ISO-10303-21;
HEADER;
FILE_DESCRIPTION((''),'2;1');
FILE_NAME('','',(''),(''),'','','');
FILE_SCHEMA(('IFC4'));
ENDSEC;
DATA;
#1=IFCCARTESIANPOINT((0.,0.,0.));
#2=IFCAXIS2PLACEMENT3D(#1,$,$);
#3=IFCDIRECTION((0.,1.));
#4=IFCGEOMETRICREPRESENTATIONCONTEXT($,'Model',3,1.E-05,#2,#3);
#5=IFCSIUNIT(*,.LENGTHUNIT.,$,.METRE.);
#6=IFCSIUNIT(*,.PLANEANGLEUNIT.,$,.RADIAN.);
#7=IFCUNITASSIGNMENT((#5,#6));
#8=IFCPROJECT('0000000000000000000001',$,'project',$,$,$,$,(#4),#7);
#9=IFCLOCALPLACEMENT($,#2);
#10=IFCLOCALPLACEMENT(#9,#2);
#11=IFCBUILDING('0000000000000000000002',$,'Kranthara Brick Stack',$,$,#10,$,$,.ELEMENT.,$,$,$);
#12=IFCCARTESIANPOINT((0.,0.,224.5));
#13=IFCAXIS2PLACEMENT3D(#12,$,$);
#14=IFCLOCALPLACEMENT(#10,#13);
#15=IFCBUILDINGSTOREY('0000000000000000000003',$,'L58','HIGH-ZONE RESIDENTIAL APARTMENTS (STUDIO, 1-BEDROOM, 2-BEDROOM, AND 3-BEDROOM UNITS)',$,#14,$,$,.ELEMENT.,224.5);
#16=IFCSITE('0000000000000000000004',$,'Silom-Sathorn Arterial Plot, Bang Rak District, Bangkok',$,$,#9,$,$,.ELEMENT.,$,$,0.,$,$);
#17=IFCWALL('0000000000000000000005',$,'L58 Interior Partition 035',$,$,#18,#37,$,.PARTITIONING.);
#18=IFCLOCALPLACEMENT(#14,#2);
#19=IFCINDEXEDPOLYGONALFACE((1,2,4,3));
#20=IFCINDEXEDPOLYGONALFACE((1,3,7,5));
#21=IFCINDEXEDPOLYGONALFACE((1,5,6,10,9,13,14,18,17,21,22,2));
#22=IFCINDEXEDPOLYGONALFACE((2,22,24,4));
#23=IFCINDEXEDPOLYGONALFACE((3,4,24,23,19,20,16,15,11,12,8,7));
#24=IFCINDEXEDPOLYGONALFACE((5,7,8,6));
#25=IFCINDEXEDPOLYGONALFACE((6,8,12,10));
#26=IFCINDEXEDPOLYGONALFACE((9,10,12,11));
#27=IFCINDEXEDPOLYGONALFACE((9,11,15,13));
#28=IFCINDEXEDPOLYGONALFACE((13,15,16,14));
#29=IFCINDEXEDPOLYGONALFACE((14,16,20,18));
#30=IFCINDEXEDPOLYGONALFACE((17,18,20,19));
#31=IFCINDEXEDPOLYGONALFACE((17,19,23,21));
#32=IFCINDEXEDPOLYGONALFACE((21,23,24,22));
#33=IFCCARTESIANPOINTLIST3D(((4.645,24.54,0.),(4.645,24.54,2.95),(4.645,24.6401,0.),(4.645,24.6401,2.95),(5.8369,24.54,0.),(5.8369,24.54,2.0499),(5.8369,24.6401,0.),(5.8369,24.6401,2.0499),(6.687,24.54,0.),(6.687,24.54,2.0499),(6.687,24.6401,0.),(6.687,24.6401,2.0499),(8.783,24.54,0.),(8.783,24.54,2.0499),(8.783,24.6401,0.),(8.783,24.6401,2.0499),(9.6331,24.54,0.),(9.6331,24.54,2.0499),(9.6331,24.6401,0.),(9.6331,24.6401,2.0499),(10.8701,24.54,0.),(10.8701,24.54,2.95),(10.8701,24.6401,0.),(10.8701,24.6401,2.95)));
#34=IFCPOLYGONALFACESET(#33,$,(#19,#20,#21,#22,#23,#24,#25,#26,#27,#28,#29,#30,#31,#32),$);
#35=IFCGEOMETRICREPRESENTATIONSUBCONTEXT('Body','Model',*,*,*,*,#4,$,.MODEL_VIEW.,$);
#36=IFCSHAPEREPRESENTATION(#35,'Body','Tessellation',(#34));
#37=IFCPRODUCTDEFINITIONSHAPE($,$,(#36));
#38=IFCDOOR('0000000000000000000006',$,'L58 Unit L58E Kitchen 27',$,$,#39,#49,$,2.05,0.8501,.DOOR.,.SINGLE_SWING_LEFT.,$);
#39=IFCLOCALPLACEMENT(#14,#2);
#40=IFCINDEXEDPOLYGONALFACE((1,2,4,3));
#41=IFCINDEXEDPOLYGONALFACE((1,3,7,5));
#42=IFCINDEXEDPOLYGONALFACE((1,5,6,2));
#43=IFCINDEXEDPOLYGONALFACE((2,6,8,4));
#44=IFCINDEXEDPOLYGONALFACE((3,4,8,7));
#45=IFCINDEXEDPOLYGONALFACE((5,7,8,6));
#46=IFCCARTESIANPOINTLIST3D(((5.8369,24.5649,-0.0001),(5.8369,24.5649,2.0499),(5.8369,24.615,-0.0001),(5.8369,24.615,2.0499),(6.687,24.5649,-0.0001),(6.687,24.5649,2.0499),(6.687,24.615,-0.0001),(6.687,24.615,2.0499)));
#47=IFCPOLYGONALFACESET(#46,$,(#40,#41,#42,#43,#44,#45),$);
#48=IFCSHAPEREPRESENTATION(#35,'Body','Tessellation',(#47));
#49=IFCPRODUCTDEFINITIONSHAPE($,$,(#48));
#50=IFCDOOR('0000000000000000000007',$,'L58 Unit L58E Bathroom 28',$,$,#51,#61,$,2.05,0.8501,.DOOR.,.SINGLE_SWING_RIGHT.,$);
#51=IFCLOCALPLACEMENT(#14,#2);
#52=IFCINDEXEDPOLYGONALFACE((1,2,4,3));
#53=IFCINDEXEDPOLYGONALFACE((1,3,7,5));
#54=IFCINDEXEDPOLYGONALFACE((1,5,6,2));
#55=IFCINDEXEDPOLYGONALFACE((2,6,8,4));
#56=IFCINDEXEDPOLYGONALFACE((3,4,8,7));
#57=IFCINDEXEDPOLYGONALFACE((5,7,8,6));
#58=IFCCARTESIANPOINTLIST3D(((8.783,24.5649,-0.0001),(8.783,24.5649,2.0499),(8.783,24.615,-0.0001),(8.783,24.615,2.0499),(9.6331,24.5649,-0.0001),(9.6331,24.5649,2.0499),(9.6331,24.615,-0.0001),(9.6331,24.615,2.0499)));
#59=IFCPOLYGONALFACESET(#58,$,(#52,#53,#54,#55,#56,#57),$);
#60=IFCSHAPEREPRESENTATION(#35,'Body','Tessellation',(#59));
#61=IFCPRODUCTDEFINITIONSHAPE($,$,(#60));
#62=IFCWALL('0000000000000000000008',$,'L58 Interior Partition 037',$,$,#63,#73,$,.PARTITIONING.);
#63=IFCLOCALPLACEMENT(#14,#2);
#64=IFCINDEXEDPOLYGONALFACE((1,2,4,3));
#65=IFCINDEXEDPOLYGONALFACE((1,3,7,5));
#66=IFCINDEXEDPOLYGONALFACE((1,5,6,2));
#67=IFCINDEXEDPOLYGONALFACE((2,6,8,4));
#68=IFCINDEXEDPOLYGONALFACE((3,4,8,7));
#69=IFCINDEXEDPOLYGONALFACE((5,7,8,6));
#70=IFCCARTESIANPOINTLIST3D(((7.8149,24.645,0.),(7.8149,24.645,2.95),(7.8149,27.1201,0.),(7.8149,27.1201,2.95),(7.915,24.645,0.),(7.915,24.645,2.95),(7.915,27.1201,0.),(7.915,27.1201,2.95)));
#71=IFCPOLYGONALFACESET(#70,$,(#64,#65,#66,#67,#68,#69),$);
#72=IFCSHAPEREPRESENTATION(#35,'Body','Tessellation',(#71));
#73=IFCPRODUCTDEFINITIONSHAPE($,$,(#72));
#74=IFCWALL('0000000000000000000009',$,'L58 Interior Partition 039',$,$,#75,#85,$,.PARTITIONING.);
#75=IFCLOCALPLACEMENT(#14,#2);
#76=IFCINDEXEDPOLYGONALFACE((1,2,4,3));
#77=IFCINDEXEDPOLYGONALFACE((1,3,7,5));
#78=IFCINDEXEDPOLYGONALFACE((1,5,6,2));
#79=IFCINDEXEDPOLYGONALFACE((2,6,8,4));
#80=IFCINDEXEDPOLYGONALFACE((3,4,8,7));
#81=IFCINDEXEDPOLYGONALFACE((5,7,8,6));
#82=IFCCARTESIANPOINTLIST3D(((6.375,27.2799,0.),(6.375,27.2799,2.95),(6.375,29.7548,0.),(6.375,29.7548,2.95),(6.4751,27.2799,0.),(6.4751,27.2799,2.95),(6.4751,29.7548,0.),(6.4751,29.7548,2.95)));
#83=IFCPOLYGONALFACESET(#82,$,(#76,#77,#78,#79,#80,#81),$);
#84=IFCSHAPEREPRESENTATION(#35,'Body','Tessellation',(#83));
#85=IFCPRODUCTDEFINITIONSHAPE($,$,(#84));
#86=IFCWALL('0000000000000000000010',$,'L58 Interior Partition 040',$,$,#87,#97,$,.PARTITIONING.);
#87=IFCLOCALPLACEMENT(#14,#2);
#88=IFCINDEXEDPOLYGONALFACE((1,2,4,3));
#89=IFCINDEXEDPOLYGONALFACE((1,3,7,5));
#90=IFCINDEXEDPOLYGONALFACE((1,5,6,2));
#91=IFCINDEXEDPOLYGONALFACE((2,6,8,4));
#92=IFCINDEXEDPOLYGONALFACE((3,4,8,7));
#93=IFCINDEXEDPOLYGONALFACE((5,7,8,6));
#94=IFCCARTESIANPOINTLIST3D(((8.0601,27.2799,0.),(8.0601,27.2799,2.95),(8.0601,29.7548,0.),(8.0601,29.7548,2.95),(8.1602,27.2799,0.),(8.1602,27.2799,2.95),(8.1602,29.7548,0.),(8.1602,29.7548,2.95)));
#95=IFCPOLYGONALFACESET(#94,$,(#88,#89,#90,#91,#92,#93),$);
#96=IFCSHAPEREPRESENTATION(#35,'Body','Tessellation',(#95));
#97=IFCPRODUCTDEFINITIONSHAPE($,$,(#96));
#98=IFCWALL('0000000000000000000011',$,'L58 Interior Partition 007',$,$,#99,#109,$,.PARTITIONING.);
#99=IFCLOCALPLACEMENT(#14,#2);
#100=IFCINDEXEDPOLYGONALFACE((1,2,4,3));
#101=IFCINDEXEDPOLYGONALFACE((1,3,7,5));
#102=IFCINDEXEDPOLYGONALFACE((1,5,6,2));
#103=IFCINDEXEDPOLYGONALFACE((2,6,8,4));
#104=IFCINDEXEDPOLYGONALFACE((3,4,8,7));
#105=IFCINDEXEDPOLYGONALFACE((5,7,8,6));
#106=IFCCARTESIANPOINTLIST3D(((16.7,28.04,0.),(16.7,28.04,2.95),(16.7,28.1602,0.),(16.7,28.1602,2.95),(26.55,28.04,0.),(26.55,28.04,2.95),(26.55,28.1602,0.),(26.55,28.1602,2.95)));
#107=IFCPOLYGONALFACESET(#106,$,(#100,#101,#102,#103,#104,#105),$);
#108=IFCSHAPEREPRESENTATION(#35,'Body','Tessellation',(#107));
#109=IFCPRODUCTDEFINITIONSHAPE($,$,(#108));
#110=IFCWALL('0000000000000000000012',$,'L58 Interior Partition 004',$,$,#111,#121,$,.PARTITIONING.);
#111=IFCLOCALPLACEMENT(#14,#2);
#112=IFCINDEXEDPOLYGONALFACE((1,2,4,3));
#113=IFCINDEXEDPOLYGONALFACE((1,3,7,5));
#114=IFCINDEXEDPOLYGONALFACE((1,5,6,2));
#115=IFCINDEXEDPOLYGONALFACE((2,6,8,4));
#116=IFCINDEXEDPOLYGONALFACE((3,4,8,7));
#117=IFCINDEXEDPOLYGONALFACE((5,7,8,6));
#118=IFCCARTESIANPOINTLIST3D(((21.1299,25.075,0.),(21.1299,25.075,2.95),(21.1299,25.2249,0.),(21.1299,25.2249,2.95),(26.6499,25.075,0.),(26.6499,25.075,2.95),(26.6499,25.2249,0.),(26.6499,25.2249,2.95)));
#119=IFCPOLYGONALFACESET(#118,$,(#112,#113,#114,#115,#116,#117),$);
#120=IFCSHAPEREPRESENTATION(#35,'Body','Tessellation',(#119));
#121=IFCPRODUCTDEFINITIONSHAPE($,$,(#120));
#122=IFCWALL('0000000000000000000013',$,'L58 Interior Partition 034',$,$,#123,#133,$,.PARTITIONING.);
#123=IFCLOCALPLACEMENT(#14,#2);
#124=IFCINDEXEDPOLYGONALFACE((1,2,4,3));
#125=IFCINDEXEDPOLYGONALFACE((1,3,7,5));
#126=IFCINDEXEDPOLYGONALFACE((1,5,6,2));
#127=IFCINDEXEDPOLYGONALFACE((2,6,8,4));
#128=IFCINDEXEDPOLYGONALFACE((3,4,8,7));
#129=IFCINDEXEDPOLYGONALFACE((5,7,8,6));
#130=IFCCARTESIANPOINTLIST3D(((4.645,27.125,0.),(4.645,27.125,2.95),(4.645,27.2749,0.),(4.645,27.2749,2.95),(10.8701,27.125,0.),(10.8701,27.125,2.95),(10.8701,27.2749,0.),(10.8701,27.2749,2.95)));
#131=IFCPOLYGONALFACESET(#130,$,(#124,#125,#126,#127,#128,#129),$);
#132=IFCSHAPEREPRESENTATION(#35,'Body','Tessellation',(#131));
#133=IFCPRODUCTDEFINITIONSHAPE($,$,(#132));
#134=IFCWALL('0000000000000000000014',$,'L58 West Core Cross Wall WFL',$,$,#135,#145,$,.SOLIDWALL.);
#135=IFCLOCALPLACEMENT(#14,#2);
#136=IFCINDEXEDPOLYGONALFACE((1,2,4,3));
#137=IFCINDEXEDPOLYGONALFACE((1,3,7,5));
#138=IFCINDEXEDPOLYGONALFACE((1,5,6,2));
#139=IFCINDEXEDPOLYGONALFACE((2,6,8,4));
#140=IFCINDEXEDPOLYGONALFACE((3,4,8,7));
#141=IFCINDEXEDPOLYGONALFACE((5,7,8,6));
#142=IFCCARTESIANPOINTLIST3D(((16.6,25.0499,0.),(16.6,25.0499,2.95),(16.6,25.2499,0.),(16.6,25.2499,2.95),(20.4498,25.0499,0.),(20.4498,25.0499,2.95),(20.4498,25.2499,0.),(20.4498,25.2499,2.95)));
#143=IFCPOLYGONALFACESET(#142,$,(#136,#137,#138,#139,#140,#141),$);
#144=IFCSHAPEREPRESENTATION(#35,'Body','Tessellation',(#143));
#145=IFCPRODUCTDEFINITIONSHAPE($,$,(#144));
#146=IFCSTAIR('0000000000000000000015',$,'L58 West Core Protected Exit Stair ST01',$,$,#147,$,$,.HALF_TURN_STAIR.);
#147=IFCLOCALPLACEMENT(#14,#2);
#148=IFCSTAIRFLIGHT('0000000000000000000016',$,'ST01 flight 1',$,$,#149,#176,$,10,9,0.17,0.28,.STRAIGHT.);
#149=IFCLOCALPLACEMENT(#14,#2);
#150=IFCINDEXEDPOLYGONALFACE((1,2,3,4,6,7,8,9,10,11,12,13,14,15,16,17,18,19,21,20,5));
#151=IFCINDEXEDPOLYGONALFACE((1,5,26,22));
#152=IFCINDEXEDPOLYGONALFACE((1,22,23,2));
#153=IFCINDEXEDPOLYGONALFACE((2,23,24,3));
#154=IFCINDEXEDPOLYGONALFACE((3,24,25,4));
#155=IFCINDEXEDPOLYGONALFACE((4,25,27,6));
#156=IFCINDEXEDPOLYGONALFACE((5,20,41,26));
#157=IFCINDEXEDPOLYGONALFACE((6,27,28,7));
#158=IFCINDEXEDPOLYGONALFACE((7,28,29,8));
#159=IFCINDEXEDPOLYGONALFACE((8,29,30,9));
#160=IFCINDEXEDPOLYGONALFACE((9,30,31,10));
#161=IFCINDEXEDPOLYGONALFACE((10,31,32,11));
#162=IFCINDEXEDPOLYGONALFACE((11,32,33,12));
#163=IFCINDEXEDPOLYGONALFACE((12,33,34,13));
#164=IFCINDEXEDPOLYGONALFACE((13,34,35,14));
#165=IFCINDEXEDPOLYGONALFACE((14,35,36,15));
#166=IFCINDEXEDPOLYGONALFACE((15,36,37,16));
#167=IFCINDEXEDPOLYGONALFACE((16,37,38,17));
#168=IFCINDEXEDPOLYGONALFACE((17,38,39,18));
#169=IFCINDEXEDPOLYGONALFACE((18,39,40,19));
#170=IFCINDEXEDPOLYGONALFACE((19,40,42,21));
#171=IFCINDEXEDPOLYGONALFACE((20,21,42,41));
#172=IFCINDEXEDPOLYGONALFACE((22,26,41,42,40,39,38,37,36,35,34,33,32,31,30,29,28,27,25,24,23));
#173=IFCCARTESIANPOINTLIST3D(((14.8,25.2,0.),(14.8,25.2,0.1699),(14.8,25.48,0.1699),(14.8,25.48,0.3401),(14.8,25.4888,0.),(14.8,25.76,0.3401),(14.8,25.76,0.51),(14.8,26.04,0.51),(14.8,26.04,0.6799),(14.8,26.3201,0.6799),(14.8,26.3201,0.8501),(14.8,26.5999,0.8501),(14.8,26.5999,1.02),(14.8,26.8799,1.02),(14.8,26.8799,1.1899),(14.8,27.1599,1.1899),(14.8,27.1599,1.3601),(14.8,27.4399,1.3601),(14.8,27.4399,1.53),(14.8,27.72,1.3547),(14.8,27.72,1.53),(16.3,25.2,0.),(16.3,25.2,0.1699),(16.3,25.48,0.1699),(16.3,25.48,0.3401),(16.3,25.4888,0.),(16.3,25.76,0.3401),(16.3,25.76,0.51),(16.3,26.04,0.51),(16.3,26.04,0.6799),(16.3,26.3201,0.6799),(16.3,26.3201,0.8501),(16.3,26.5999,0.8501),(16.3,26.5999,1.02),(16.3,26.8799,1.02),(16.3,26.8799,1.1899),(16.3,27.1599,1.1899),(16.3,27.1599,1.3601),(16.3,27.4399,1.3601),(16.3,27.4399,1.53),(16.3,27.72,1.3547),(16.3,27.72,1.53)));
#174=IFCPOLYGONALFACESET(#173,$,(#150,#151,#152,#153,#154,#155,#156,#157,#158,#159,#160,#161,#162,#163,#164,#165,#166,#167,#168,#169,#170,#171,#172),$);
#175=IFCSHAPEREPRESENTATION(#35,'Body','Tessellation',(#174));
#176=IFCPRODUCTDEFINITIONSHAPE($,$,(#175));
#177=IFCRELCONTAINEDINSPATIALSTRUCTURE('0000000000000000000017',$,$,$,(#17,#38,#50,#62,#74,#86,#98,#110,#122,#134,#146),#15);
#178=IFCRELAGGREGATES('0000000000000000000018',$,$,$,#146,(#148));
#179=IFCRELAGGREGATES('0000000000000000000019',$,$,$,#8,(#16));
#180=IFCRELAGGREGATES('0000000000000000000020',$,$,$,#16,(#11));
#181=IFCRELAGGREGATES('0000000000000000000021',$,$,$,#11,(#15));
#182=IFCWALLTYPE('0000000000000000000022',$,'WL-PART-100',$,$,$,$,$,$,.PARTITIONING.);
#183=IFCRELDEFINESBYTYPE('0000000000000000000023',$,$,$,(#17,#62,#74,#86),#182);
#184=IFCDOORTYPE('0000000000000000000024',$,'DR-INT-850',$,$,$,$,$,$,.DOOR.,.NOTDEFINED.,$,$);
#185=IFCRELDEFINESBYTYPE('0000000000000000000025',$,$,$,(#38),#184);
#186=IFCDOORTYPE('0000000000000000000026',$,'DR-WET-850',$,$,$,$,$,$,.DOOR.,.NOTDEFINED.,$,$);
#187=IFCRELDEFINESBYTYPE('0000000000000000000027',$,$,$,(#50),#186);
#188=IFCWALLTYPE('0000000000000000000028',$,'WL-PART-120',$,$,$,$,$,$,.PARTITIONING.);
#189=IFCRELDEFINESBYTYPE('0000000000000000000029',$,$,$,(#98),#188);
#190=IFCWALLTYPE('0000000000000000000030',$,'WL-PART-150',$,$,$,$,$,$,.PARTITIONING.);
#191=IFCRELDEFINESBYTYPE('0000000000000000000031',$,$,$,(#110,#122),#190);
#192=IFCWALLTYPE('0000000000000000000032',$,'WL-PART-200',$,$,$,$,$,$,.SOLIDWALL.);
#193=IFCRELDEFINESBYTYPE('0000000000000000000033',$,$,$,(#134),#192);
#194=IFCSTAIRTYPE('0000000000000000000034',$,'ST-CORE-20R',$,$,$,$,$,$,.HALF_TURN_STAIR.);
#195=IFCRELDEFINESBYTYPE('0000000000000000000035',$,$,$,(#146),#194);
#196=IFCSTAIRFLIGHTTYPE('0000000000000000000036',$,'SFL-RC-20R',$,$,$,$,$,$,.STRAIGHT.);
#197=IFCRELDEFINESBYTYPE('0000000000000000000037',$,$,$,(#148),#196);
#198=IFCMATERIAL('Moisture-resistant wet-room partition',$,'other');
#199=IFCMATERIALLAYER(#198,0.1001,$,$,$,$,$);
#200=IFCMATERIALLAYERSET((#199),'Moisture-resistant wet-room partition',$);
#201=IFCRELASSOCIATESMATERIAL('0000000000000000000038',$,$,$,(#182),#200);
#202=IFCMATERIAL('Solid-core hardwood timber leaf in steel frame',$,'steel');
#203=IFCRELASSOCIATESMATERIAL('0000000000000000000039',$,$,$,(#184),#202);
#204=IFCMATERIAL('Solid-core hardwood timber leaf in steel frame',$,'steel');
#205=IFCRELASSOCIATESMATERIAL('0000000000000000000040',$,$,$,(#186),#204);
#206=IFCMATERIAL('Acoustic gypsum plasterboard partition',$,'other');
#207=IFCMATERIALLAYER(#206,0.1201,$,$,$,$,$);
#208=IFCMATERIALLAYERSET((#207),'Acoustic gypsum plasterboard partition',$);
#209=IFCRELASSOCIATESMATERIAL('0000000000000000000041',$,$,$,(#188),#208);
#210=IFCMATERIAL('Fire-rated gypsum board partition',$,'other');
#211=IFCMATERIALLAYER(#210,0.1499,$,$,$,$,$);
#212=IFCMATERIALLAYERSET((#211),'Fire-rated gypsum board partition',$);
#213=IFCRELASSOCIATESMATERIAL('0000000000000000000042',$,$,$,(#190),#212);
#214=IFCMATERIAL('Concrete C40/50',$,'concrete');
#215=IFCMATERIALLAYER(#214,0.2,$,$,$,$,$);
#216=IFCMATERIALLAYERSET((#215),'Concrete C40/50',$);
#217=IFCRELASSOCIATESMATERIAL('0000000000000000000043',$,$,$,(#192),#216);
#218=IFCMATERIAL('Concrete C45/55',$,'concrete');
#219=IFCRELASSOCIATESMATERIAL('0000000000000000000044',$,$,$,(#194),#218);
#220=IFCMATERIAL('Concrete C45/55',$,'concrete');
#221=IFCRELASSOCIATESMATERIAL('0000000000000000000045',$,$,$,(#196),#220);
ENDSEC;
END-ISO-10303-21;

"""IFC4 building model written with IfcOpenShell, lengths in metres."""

from ifc_helpers import new_model, si_unit, direction, frame, frame_2d, origin, place, context, subcontext, project, spatial, polyline, rectangle, outline, extrude, material, layer, layer_set, type_object, element, fill, aggregate, save


model = new_model("IFC4")

# Units and contexts
model_context = context("Model", 3, precision=1e-05, world=origin(), true_north=direction((0.0, 1.0)))
body_context = subcontext(model_context, "Body", "Model", "MODEL_VIEW")
ifc_project = project(units=[si_unit("LENGTHUNIT", "METRE"), si_unit("PLANEANGLEUNIT", "RADIAN")], contexts=[model_context])

# Site, building, storey
site_placement = place(None, origin())
site = spatial("IfcSite", under=ifc_project, at=site_placement, Name="Silom-Sathorn Arterial Plot, Bang Rak District, Bangkok", CompositionType="ELEMENT", RefElevation=0.0)
building_placement = place(site_placement, origin())
building = spatial("IfcBuilding", under=site, at=building_placement, Name="Kranthara Brick Stack", CompositionType="ELEMENT")
storey_placement = place(building_placement, frame((0.0, 0.0, 224.5)))
storey = spatial("IfcBuildingStorey", under=building, at=storey_placement, Name="L58", Description="HIGH-ZONE RESIDENTIAL APARTMENTS (STUDIO, 1-BEDROOM, 2-BEDROOM, AND 3-BEDROOM UNITS)", CompositionType="ELEMENT", Elevation=224.5)

# Wall, openings, doors
ifc_material_1 = material(Name="Moisture-resistant wet-room partition", Category="other")
ifc_layer_1 = layer(ifc_material_1, 0.1001)
ifc_layer_set_1 = layer_set([ifc_layer_1], Name="Moisture-resistant wet-room partition")
wall_type_1 = type_object("IfcWallType", Name="WL-PART-100", PredefinedType="PARTITIONING", material=ifc_layer_set_1)
wall_1_placement = place(storey_placement, frame((4.645, 24.5901, 0.0), z_axis=(0.0, 0.0, 1.0), x_axis=(1.0, 0.0, 0.0)))
wall_1 = element("IfcWall", 1, at=wall_1_placement, inside=storey, type_object=wall_type_1, Name="L58 Interior Partition 035", PredefinedType="PARTITIONING", context=body_context, shape_type="SweptSolid", body=[
    extrude(rectangle(XDim=6.2251, YDim=0.1001, at=frame_2d((3.1125, 0.0))), origin(), (0.0, 0.0, 1.0), 2.95),
])
opening_1_placement = place(wall_1_placement, frame((1.1919, 0.0, 0.0)))
opening_1 = element("IfcOpeningElement", 2, at=opening_1_placement, cuts=wall_1, PredefinedType="OPENING", context=body_context, shape_type="SweptSolid", body=[
    extrude(rectangle(XDim=0.8501, YDim=2.05, at=frame_2d((0.425, 1.0249))), frame((0.0, 0.0601, 0.0), z_axis=(0.0, -1.0, 0.0), x_axis=(1.0, 0.0, 0.0)), (0.0, 0.0, 1.0), 0.1201),
])
opening_2_placement = place(wall_1_placement, frame((4.1379, 0.0, 0.0)))
opening_2 = element("IfcOpeningElement", 3, at=opening_2_placement, cuts=wall_1, PredefinedType="OPENING", context=body_context, shape_type="SweptSolid", body=[
    extrude(rectangle(XDim=0.8501, YDim=2.05, at=frame_2d((0.425, 1.0249))), frame((0.0, 0.0601, 0.0), z_axis=(0.0, -1.0, 0.0), x_axis=(1.0, 0.0, 0.0)), (0.0, 0.0, 1.0), 0.1201),
])
ifc_material_2 = material(Name="Solid-core hardwood timber leaf in steel frame", Category="steel")
door_type_1 = type_object("IfcDoorType", Name="DR-INT-850", OperationType="NOTDEFINED", PredefinedType="DOOR", material=ifc_material_2)
door_1_placement = place(opening_1_placement, origin())
door_1 = element("IfcDoor", 4, at=door_1_placement, inside=storey, type_object=door_type_1, Name="L58 Unit L58E Kitchen 27", OperationType="SINGLE_SWING_LEFT", OverallHeight=2.05, OverallWidth=0.8501, PredefinedType="DOOR", context=body_context, shape_type="SweptSolid", body=[
    extrude(rectangle(XDim=0.8501, YDim=2.05, at=frame_2d((0.425, 1.0249))), frame((0.0, 0.0249, 0.0), z_axis=(0.0, -1.0, 0.0), x_axis=(1.0, 0.0, 0.0)), (0.0, 0.0, 1.0), 0.05),
])
fill(opening_1, door_1)
ifc_material_3 = material(Name="Solid-core hardwood timber leaf in steel frame", Category="steel")
door_type_2 = type_object("IfcDoorType", Name="DR-WET-850", OperationType="NOTDEFINED", PredefinedType="DOOR", material=ifc_material_3)
door_2_placement = place(opening_2_placement, origin())
door_2 = element("IfcDoor", 5, at=door_2_placement, inside=storey, type_object=door_type_2, Name="L58 Unit L58E Bathroom 28", OperationType="SINGLE_SWING_RIGHT", OverallHeight=2.05, OverallWidth=0.8501, PredefinedType="DOOR", context=body_context, shape_type="SweptSolid", body=[
    extrude(rectangle(XDim=0.8501, YDim=2.05, at=frame_2d((0.425, 1.0249))), frame((0.0, 0.0249, 0.0), z_axis=(0.0, -1.0, 0.0), x_axis=(1.0, 0.0, 0.0)), (0.0, 0.0, 1.0), 0.05),
])
fill(opening_2, door_2)

# Walls
wall_2_placement = place(storey_placement, frame((7.865, 24.645, 0.0), z_axis=(0.0, 0.0, 1.0), x_axis=(0.0, 1.0, 0.0)))
element("IfcWall", 6, at=wall_2_placement, inside=storey, type_object=wall_type_1, Name="L58 Interior Partition 037", PredefinedType="PARTITIONING", context=body_context, shape_type="SweptSolid", body=[
    extrude(rectangle(XDim=2.4751, YDim=0.1001, at=frame_2d((1.2375, 0.0))), origin(), (0.0, 0.0, 1.0), 2.95),
])
for number, where, z_axis, x_axis, name in (
    (7, (6.425, 27.28, 0.0), (0.0, 0.0, 1.0), (0.0, 1.0, 0.0), "L58 Interior Partition 039"),
    (8, (8.1101, 27.28, 0.0), (0.0, 0.0, 1.0), (0.0, 1.0, 0.0), "L58 Interior Partition 040"),
):
    element("IfcWall", number, at=place(storey_placement, frame(where, z_axis=z_axis, x_axis=x_axis)), inside=storey, type_object=wall_type_1, Name=name, PredefinedType="PARTITIONING", context=body_context, shape_type="SweptSolid", body=[
        extrude(rectangle(XDim=2.4749, YDim=0.1001, at=frame_2d((1.2373, 0.0))), origin(), (0.0, 0.0, 1.0), 2.95),
    ])
ifc_material_4 = material(Name="Acoustic gypsum plasterboard partition", Category="other")
ifc_layer_2 = layer(ifc_material_4, 0.1201)
ifc_layer_set_2 = layer_set([ifc_layer_2], Name="Acoustic gypsum plasterboard partition")
wall_type_2 = type_object("IfcWallType", Name="WL-PART-120", PredefinedType="PARTITIONING", material=ifc_layer_set_2)
wall_3_placement = place(storey_placement, frame((16.7, 28.1001, 0.0), z_axis=(0.0, 0.0, 1.0), x_axis=(1.0, 0.0, 0.0)))
element("IfcWall", 9, at=wall_3_placement, inside=storey, type_object=wall_type_2, Name="L58 Interior Partition 007", PredefinedType="PARTITIONING", context=body_context, shape_type="SweptSolid", body=[
    extrude(rectangle(XDim=9.8501, YDim=0.1201, at=frame_2d((4.925, 0.0))), origin(), (0.0, 0.0, 1.0), 2.95),
])
ifc_material_5 = material(Name="Fire-rated gypsum board partition", Category="other")
ifc_layer_3 = layer(ifc_material_5, 0.1499)
ifc_layer_set_3 = layer_set([ifc_layer_3], Name="Fire-rated gypsum board partition")
wall_type_3 = type_object("IfcWallType", Name="WL-PART-150", PredefinedType="PARTITIONING", material=ifc_layer_set_3)
wall_4_placement = place(storey_placement, frame((21.1299, 25.1499, 0.0), z_axis=(0.0, 0.0, 1.0), x_axis=(1.0, 0.0, 0.0)))
element("IfcWall", 10, at=wall_4_placement, inside=storey, type_object=wall_type_3, Name="L58 Interior Partition 004", PredefinedType="PARTITIONING", context=body_context, shape_type="SweptSolid", body=[
    extrude(rectangle(XDim=5.52, YDim=0.1499, at=frame_2d((2.76, 0.0))), origin(), (0.0, 0.0, 1.0), 2.95),
])
wall_5_placement = place(storey_placement, frame((4.645, 27.2, 0.0), z_axis=(0.0, 0.0, 1.0), x_axis=(1.0, 0.0, 0.0)))
element("IfcWall", 11, at=wall_5_placement, inside=storey, type_object=wall_type_3, Name="L58 Interior Partition 034", PredefinedType="PARTITIONING", context=body_context, shape_type="SweptSolid", body=[
    extrude(rectangle(XDim=6.2251, YDim=0.1499, at=frame_2d((3.1125, 0.0))), origin(), (0.0, 0.0, 1.0), 2.95),
])
ifc_material_6 = material(Name="Concrete C40/50", Category="concrete")
ifc_layer_4 = layer(ifc_material_6, 0.2)
ifc_layer_set_4 = layer_set([ifc_layer_4], Name="Concrete C40/50")
wall_type_4 = type_object("IfcWallType", Name="WL-PART-200", PredefinedType="SOLIDWALL", material=ifc_layer_set_4)
wall_6_placement = place(storey_placement, frame((16.6001, 25.1499, 0.0), z_axis=(0.0, 0.0, 1.0), x_axis=(1.0, 0.0, 0.0)))
element("IfcWall", 12, at=wall_6_placement, inside=storey, type_object=wall_type_4, Name="L58 West Core Cross Wall WFL", PredefinedType="SOLIDWALL", context=body_context, shape_type="SweptSolid", body=[
    extrude(rectangle(XDim=3.8499, YDim=0.2, at=frame_2d((1.9248, 0.0))), origin(), (0.0, 0.0, 1.0), 2.95),
])

# Stair, stair flight
ifc_material_7 = material(Name="Concrete C45/55", Category="concrete")
stair_type = type_object("IfcStairType", Name="ST-CORE-20R", PredefinedType="HALF_TURN_STAIR", material=ifc_material_7)
stair_placement = place(storey_placement, origin())
stair = element("IfcStair", 13, at=stair_placement, inside=storey, type_object=stair_type, Name="L58 West Core Protected Exit Stair ST01", PredefinedType="HALF_TURN_STAIR")
ifc_material_8 = material(Name="Concrete C45/55", Category="concrete")
stair_flight_type = type_object("IfcStairFlightType", Name="SFL-RC-20R", PredefinedType="STRAIGHT", material=ifc_material_8)
stair_flight_1_placement = place(storey_placement, frame((15.55, 25.2, 0.0), z_axis=(0.0, 0.0, 1.0), x_axis=(0.0, 1.0, 0.0)))
stair_flight_1 = element("IfcStairFlight", 14, at=stair_flight_1_placement, type_object=stair_flight_type, Name="ST01 flight 1", NumberOfRisers=10, NumberOfTreads=9, PredefinedType="STRAIGHT", RiserHeight=0.17, TreadLength=0.28, context=body_context, shape_type="SweptSolid", body=[
    extrude(outline(polyline([(0.0, 0.0), (0.0, 0.1699), (0.28, 0.1699), (0.28, 0.3401), (0.5601, 0.3401), (0.5601, 0.51), (0.8401, 0.51), (0.8401, 0.6799), (1.1201, 0.6799), (1.1201, 0.8501), (1.3999, 0.8501), (1.3999, 1.02), (1.6799, 1.02), (1.6799, 1.1899), (1.96, 1.1899), (1.96, 1.3601), (2.24, 1.3601), (2.24, 1.53), (2.52, 1.53), (2.52, 1.7), (2.52, 1.3547), (0.2888, 0.0), (0.0, 0.0)])), frame((0.0, 0.75, 0.0), z_axis=(0.0, -1.0, 0.0), x_axis=(1.0, 0.0, 0.0)), (0.0, 0.0, 1.0), 1.5),
])
aggregate(stair, [stair_flight_1])

save(model, "model.ifc")
